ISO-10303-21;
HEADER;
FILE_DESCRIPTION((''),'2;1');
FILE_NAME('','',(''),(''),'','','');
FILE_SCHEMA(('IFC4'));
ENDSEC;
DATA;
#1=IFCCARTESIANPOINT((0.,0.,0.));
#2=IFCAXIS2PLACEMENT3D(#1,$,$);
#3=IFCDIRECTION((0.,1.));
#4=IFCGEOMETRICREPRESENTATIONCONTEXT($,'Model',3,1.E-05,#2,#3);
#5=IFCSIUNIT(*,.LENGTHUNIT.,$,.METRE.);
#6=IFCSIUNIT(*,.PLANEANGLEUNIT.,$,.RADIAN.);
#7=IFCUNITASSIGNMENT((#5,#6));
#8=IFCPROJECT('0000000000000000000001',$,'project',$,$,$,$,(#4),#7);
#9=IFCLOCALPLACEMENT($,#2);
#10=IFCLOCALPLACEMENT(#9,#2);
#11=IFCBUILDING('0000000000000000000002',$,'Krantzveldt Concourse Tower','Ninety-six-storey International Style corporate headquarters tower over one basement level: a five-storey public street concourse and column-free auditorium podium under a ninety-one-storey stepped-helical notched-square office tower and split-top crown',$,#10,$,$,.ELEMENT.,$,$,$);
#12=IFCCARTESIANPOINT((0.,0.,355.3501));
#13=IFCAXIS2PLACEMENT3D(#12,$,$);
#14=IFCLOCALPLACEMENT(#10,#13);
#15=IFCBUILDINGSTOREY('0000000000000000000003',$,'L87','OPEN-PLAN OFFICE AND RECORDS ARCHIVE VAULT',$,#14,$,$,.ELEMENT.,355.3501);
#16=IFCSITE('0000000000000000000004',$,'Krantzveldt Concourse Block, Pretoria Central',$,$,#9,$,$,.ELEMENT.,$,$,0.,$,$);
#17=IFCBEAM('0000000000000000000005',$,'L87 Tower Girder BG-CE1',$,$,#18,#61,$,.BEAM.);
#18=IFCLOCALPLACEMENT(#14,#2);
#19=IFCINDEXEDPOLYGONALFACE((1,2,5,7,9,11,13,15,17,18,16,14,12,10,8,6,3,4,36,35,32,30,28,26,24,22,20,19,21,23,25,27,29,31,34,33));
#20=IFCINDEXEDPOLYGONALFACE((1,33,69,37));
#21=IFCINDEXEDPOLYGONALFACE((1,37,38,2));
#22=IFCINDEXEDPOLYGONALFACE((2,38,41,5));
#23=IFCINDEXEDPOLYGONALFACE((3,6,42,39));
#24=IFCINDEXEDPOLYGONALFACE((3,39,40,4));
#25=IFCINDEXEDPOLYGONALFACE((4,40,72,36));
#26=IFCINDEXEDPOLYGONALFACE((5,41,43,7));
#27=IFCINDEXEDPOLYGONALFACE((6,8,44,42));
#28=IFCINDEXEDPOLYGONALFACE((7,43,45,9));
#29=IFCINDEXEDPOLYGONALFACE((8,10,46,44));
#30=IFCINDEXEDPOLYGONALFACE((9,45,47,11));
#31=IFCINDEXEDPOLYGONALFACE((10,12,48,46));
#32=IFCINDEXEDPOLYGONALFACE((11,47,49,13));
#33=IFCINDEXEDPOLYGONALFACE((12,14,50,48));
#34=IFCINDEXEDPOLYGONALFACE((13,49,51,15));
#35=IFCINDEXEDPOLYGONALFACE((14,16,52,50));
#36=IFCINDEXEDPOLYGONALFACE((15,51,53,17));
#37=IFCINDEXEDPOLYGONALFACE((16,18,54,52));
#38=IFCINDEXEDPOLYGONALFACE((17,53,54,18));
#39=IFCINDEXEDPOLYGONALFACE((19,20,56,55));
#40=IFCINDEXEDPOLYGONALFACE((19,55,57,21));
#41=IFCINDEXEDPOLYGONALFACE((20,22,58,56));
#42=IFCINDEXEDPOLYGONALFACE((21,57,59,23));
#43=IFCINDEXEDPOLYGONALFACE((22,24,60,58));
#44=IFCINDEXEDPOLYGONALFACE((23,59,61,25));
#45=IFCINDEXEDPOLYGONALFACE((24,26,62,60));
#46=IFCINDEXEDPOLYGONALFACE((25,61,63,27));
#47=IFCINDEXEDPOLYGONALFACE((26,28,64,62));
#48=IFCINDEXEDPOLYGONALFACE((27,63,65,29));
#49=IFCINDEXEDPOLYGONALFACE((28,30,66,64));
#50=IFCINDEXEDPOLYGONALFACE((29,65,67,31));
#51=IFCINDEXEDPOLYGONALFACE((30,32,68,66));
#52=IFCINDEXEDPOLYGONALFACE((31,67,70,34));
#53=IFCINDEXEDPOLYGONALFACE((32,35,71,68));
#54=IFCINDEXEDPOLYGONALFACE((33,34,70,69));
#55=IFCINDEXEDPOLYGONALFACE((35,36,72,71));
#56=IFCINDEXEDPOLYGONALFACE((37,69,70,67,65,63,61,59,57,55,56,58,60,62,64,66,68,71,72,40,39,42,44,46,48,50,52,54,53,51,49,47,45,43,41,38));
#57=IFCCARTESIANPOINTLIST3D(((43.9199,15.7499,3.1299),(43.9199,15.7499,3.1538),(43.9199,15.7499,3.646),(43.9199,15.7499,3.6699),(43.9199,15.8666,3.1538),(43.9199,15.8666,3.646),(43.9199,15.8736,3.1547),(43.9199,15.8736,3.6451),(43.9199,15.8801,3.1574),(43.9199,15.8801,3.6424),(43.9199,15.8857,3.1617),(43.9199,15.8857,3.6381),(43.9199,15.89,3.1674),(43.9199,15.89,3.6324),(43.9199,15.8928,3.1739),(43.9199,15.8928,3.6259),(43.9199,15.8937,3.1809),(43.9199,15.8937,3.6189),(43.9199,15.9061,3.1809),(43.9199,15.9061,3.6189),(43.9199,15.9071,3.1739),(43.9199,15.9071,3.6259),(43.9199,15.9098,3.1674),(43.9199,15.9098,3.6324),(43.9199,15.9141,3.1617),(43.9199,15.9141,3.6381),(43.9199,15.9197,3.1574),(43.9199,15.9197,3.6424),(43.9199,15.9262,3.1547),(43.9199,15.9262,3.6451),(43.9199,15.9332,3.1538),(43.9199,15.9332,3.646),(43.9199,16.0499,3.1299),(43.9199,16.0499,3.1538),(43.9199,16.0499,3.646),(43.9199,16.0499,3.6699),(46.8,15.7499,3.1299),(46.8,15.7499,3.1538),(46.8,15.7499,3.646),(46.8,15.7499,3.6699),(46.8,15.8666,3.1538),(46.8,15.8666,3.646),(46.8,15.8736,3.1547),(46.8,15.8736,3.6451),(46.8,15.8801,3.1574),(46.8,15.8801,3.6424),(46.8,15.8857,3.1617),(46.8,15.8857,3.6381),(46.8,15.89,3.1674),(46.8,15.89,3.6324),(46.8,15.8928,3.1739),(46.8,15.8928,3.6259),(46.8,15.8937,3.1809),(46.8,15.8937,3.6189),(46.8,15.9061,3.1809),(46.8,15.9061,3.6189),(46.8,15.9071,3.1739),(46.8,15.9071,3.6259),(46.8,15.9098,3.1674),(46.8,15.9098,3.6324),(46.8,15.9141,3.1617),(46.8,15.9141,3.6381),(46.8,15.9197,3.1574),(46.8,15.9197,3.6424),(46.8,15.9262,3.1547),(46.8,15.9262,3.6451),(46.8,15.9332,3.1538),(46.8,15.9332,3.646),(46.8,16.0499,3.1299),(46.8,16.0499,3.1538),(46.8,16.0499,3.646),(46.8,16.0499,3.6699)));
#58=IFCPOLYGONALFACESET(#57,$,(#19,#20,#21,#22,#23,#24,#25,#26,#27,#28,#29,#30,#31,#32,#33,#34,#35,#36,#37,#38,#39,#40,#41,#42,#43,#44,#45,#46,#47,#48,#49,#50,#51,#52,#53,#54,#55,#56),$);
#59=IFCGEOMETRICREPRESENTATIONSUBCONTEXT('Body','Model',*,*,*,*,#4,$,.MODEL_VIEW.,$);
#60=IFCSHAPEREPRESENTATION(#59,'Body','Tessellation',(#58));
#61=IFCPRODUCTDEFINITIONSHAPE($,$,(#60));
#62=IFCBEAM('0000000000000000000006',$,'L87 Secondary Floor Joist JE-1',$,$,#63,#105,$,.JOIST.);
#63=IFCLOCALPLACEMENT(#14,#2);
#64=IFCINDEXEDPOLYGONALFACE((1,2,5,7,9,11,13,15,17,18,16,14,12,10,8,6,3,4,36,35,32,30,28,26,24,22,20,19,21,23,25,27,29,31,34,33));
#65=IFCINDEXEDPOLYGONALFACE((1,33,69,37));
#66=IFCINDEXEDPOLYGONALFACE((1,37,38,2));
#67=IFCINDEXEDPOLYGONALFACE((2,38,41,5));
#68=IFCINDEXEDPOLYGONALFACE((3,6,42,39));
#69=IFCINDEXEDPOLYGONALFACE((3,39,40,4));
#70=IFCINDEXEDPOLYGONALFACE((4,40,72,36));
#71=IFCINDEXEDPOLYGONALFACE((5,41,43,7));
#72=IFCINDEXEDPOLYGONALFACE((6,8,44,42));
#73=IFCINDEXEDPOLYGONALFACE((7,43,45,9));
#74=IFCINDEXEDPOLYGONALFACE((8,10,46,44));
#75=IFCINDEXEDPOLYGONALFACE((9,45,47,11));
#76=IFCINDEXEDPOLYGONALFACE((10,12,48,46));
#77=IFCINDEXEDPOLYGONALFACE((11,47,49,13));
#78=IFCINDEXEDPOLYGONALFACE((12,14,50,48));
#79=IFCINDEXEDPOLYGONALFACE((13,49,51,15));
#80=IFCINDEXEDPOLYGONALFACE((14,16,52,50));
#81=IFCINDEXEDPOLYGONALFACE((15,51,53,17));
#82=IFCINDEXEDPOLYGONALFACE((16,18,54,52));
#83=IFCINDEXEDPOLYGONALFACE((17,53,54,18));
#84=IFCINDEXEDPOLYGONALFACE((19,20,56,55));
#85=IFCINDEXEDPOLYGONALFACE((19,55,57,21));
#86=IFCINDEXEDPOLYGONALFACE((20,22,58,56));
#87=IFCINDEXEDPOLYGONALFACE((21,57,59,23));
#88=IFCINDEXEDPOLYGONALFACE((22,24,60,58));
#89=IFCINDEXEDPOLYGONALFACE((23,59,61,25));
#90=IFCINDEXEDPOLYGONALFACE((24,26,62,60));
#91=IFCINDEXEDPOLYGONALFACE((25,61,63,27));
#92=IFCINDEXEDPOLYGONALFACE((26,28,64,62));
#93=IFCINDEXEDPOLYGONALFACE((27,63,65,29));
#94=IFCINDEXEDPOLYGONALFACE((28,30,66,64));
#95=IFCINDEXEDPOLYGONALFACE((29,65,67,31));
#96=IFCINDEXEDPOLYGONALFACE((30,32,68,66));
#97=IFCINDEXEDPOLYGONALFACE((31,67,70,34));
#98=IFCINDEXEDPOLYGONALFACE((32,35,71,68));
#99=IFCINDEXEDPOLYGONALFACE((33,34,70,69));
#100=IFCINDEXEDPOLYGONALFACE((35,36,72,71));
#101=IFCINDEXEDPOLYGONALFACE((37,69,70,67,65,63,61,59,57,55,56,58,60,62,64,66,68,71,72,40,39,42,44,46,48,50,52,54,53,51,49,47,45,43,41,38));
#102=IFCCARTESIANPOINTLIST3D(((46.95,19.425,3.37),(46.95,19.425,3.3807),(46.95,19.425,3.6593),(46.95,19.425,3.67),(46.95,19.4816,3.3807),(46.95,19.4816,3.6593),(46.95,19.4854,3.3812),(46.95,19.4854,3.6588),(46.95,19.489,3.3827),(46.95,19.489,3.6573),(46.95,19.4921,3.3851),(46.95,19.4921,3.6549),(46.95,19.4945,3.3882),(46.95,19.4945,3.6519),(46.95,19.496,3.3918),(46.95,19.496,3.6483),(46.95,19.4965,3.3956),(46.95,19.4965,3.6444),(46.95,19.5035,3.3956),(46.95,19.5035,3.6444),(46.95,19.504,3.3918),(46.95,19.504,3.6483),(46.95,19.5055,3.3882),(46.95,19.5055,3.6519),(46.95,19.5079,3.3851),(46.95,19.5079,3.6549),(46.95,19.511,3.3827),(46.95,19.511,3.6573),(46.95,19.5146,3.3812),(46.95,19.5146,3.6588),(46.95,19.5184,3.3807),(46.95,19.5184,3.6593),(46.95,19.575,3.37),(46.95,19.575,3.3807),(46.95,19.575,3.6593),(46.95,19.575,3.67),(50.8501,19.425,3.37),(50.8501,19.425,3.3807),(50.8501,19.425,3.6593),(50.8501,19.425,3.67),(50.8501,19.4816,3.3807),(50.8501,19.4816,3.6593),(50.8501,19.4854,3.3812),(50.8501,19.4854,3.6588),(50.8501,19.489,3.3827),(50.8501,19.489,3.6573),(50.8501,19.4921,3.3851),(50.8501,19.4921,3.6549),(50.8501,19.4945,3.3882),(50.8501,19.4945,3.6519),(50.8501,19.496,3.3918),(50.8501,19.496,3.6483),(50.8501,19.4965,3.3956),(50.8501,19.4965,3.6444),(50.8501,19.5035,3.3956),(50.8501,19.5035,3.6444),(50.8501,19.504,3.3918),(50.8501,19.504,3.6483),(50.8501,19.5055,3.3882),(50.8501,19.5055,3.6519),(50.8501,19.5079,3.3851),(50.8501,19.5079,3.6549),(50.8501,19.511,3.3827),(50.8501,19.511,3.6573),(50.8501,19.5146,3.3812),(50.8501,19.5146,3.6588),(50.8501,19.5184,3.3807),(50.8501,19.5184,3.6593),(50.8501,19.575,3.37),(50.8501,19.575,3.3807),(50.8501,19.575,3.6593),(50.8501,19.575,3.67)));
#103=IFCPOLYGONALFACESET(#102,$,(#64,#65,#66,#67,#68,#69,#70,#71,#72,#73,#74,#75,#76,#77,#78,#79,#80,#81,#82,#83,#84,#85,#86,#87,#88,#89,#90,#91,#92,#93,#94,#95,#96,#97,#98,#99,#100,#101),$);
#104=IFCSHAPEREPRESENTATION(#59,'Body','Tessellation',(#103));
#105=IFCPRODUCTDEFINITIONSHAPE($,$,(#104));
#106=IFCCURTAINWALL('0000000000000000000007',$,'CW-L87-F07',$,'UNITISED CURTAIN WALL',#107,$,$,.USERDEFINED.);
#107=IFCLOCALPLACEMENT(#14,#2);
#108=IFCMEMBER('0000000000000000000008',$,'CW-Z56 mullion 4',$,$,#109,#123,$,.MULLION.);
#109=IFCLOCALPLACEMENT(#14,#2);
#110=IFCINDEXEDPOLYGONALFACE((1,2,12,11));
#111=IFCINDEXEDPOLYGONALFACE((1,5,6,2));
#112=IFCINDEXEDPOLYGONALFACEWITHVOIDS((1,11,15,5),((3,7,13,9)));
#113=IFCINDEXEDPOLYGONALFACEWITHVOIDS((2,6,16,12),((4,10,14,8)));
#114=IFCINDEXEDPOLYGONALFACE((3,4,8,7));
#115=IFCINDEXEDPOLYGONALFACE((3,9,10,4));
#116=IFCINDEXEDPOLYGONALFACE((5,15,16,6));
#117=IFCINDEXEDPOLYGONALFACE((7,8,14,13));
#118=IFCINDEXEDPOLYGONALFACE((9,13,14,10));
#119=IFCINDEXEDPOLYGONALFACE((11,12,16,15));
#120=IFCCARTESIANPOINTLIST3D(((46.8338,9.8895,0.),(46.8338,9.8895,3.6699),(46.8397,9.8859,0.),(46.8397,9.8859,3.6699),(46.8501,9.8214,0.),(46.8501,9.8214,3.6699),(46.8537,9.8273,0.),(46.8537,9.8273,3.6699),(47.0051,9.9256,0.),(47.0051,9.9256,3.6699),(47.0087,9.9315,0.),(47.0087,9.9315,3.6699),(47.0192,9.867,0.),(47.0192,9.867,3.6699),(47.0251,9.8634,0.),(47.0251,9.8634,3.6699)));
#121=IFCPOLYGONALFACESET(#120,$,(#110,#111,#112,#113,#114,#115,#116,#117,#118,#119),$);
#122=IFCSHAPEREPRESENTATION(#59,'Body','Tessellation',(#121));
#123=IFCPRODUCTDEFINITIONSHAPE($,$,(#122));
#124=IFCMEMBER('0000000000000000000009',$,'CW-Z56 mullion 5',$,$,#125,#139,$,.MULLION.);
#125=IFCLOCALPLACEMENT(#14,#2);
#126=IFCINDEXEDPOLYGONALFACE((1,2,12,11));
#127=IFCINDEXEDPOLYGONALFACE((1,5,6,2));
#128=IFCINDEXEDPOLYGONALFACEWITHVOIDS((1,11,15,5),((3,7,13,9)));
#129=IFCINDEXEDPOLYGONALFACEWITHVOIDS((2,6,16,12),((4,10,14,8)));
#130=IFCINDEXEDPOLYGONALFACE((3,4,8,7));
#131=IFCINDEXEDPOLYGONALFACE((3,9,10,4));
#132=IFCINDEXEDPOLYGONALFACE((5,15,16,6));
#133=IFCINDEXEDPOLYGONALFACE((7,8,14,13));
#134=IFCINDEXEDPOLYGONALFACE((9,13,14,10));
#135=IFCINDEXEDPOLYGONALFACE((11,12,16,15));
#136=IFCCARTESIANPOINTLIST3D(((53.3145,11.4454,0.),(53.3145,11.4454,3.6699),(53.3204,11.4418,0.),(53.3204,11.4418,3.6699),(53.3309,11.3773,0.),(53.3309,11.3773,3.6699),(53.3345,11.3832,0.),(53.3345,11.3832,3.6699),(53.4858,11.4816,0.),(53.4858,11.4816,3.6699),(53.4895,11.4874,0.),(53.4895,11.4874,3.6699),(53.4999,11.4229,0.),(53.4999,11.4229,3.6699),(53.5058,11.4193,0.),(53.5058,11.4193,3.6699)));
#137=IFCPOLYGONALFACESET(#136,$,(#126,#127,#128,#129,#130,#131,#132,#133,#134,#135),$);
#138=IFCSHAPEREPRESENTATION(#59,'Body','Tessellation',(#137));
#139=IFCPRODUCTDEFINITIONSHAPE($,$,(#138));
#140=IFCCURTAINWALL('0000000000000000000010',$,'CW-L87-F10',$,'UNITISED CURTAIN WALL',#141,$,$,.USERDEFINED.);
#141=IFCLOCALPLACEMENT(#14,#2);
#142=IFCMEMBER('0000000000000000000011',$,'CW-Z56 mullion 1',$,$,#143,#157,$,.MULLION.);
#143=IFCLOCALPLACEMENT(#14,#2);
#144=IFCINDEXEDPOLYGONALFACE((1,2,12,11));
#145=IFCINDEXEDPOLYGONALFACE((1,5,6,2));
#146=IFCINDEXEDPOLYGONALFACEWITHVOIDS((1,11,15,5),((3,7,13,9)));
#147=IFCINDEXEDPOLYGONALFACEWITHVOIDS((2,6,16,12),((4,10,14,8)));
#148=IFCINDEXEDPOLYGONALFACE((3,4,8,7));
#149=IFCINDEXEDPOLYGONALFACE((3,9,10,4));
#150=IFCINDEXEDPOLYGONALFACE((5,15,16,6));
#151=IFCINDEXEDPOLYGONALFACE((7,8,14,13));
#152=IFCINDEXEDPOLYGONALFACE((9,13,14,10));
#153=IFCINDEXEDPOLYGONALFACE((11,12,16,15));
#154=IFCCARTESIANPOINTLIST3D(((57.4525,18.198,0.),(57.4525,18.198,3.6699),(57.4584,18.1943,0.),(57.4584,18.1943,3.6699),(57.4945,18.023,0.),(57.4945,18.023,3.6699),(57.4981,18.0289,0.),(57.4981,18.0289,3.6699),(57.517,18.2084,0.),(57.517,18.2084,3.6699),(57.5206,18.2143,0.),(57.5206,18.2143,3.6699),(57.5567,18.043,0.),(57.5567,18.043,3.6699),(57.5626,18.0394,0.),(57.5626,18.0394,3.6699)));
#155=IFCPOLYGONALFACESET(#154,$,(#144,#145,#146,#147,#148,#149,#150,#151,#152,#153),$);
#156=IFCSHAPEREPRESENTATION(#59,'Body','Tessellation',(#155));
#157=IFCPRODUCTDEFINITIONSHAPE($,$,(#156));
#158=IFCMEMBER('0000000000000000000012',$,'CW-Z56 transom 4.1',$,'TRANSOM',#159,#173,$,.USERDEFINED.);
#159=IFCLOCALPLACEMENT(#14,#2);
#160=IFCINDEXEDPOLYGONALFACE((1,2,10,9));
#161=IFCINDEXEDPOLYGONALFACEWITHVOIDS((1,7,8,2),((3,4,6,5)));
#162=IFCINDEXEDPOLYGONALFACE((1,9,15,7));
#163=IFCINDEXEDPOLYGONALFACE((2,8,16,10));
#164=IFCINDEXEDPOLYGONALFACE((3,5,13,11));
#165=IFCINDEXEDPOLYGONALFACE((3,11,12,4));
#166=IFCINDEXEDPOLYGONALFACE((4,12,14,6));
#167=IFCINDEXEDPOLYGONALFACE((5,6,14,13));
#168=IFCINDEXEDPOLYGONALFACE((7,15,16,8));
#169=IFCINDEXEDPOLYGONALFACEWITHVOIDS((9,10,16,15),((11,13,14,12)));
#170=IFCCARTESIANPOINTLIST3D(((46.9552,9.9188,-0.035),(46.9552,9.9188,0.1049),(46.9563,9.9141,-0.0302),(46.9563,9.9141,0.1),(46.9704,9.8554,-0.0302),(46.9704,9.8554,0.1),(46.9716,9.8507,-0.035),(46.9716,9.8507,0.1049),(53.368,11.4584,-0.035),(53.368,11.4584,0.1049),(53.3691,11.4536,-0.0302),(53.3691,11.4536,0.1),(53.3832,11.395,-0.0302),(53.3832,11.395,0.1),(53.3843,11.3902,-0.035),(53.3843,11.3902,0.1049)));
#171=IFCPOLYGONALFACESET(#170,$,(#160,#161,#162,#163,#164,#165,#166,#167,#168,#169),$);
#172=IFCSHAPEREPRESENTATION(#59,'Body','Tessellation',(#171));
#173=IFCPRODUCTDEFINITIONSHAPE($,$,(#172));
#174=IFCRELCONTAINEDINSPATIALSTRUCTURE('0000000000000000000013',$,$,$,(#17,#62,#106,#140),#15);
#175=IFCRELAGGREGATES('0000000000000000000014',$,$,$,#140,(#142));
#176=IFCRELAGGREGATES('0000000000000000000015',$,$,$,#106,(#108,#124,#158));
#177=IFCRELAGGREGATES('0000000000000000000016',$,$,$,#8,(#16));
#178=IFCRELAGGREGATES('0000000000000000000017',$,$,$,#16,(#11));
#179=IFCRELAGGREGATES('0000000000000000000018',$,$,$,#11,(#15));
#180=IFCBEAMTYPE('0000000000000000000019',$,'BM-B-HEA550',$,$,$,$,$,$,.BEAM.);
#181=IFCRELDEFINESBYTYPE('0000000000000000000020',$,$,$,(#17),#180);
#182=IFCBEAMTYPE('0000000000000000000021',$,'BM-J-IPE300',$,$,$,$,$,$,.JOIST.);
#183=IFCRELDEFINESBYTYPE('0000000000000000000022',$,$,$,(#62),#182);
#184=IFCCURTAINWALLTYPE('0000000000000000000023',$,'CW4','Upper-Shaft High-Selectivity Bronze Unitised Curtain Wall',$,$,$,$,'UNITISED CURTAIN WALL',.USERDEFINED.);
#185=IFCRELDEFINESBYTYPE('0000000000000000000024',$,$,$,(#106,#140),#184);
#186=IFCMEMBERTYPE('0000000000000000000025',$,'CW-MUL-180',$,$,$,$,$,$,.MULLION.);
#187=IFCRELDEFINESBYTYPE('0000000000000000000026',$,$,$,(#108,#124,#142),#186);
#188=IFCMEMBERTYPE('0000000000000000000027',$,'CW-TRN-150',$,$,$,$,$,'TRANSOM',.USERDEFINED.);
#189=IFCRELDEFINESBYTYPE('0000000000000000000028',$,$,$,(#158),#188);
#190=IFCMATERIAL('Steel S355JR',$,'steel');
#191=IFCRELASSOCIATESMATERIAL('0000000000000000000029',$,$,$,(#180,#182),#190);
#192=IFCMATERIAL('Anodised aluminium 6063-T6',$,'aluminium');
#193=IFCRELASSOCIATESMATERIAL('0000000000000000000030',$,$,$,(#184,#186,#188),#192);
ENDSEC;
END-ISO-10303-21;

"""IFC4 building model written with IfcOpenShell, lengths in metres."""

from ifc_helpers import new_model, si_unit, direction, frame, origin, origin_2d, place, context, subcontext, project, spatial, hollow_rectangle, i_section, extrude, source, transform, mapped, material, material_profile, profile_set, type_object, type_shapes, element, aggregate, save


model = new_model("IFC4")

# Units and contexts
model_context = context("Model", 3, precision=1e-05, world=origin(), true_north=direction((0.0, 1.0)))
body_context = subcontext(model_context, "Body", "Model", "MODEL_VIEW")
ifc_project = project(units=[si_unit("LENGTHUNIT", "METRE"), si_unit("PLANEANGLEUNIT", "RADIAN")], contexts=[model_context])

# Site, building, storey
site_placement = place(None, origin())
site = spatial("IfcSite", under=ifc_project, at=site_placement, Name="Krantzveldt Concourse Block, Pretoria Central", CompositionType="ELEMENT", RefElevation=0.0)
building_placement = place(site_placement, origin())
building = spatial("IfcBuilding", under=site, at=building_placement, Name="Krantzveldt Concourse Tower", Description="Ninety-six-storey International Style corporate headquarters tower over one basement level: a five-storey public street concourse and column-free auditorium podium under a ninety-one-storey stepped-helical notched-square office tower and split-top crown", CompositionType="ELEMENT")
storey_placement = place(building_placement, frame((0.0, 0.0, 355.3501)))
storey = spatial("IfcBuildingStorey", under=building, at=storey_placement, Name="L87", Description="OPEN-PLAN OFFICE AND RECORDS ARCHIVE VAULT", CompositionType="ELEMENT", Elevation=355.3501)

# Beams
ifc_material_1 = material(Name="Steel S355JR", Category="steel")
ifc_material_profile_1 = material_profile(ifc_material_1, i_section(OverallWidth=0.3, OverallDepth=0.54, WebThickness=0.0125, FlangeThickness=0.0239, FilletRadius=0.0271, at=origin_2d()), Name="Steel S355JR", Category="steel")
ifc_profile_set_1 = profile_set([ifc_material_profile_1], Name="Steel S355JR - HEA 550")
beam_type_1 = type_object("IfcBeamType", Name="BM-B-HEA550", PredefinedType="BEAM", material=ifc_profile_set_1)
shared_shape_1 = source(origin(), body_context, "Body", "SweptSolid", [
    extrude(i_section(OverallWidth=0.3, OverallDepth=0.54, WebThickness=0.0125, FlangeThickness=0.0239, FilletRadius=0.0271, at=origin_2d()), origin(), (0.0, 0.0, 1.0), 2.8801),
])
beam_1_placement = place(storey_placement, frame((43.9199, 15.8999, 3.3999), z_axis=(1.0, 0.0, 0.0), x_axis=(0.0, 1.0, 0.0)))
element("IfcBeam", 1, at=beam_1_placement, inside=storey, type_object=beam_type_1, Name="L87 Tower Girder BG-CE1", PredefinedType="BEAM", context=body_context, shape_type="MappedRepresentation", body=[
    mapped(shared_shape_1, transform((0.0, 0.0, 0.0), x_axis=(1.0, 0.0, 0.0), y_axis=(0.0, 1.0, 0.0), z_axis=(0.0, 0.0, 1.0), scale=1.0)),
])
ifc_material_profile_2 = material_profile(ifc_material_1, i_section(OverallWidth=0.1499, OverallDepth=0.3, WebThickness=0.0071, FlangeThickness=0.0107, FilletRadius=0.0149, at=origin_2d()), Name="Steel S355JR", Category="steel")
ifc_profile_set_2 = profile_set([ifc_material_profile_2], Name="Steel S355JR - IPE 300")
beam_type_2 = type_object("IfcBeamType", Name="BM-J-IPE300", PredefinedType="JOIST", material=ifc_profile_set_2)
shared_shape_2 = source(origin(), body_context, "Body", "SweptSolid", [
    extrude(i_section(OverallWidth=0.1499, OverallDepth=0.3, WebThickness=0.0071, FlangeThickness=0.0107, FilletRadius=0.0149, at=origin_2d()), origin(), (0.0, 0.0, 1.0), 3.9001),
])
type_shapes(beam_type_2, [shared_shape_2])
beam_2_placement = place(storey_placement, frame((46.95, 19.5, 3.52), z_axis=(1.0, 0.0, 0.0), x_axis=(0.0, 1.0, 0.0)))
element("IfcBeam", 2, at=beam_2_placement, inside=storey, type_object=beam_type_2, Name="L87 Secondary Floor Joist JE-1", PredefinedType="JOIST", context=body_context, shape_type="MappedRepresentation", body=[
    mapped(shared_shape_2, transform((0.0, 0.0, 0.0), x_axis=(1.0, 0.0, 0.0), y_axis=(0.0, 1.0, 0.0), z_axis=(0.0, 0.0, 1.0), scale=1.0)),
])

# Curtain wall, members
ifc_material_2 = material(Name="Anodised aluminium 6063-T6", Category="aluminium")
curtain_wall_type = type_object("IfcCurtainWallType", Name="CW4", Description="Upper-Shaft High-Selectivity Bronze Unitised Curtain Wall", ElementType="UNITISED CURTAIN WALL", PredefinedType="USERDEFINED", material=ifc_material_2)
curtain_wall_1_placement = place(storey_placement, origin())
curtain_wall_1 = element("IfcCurtainWall", 3, at=curtain_wall_1_placement, inside=storey, type_object=curtain_wall_type, Name="CW-L87-F07", ObjectType="UNITISED CURTAIN WALL", PredefinedType="USERDEFINED")
ifc_material_profile_3 = material_profile(ifc_material_2, hollow_rectangle(XDim=0.0701, YDim=0.1799, WallThickness=0.0049, at=origin_2d()), Name="Anodised aluminium 6063-T6", Category="aluminium")
ifc_profile_set_3 = profile_set([ifc_material_profile_3], Name="Anodised aluminium 6063-T6 - ALU-MULL 180x70x5")
member_type_1 = type_object("IfcMemberType", Name="CW-MUL-180", PredefinedType="MULLION", material=ifc_profile_set_3)
shared_shape_3 = source(origin(), body_context, "Body", "SweptSolid", [
    extrude(hollow_rectangle(XDim=0.0701, YDim=0.1799, WallThickness=0.0049, at=origin_2d()), origin(), (0.0, 0.0, 1.0), 3.6699),
])
type_shapes(member_type_1, [shared_shape_3])
member_1_placement = place(storey_placement, frame((46.9294, 9.8765, 0.0), z_axis=(0.0, 0.0, 1.0), x_axis=(-0.233445, 0.97237, 0.0)))
member_1 = element("IfcMember", 4, at=member_1_placement, type_object=member_type_1, Name="CW-Z56 mullion 4", PredefinedType="MULLION", context=body_context, shape_type="MappedRepresentation", body=[
    mapped(shared_shape_3, transform((0.0, 0.0, 0.0), x_axis=(1.0, 0.0, 0.0), y_axis=(0.0, 1.0, 0.0), z_axis=(0.0, 0.0, 1.0), scale=1.0)),
])
member_2_placement = place(storey_placement, frame((53.4102, 11.4324, 0.0), z_axis=(0.0, 0.0, 1.0), x_axis=(-0.233445, 0.97237, 0.0)))
member_2 = element("IfcMember", 5, at=member_2_placement, type_object=member_type_1, Name="CW-Z56 mullion 5", PredefinedType="MULLION", context=body_context, shape_type="MappedRepresentation", body=[
    mapped(shared_shape_3, transform((0.0, 0.0, 0.0), x_axis=(1.0, 0.0, 0.0), y_axis=(0.0, 1.0, 0.0), z_axis=(0.0, 0.0, 1.0), scale=1.0)),
])

# Curtain wall, member
curtain_wall_2_placement = place(storey_placement, origin())
curtain_wall_2 = element("IfcCurtainWall", 6, at=curtain_wall_2_placement, inside=storey, type_object=curtain_wall_type, Name="CW-L87-F10", ObjectType="UNITISED CURTAIN WALL", PredefinedType="USERDEFINED")
member_3_placement = place(storey_placement, frame((57.5076, 18.1187, 0.0), z_axis=(0.0, 0.0, 1.0), x_axis=(-0.97237, -0.233445, 0.0)))
member_3 = element("IfcMember", 7, at=member_3_placement, type_object=member_type_1, Name="CW-Z56 mullion 1", PredefinedType="MULLION", context=body_context, shape_type="MappedRepresentation", body=[
    mapped(shared_shape_3, transform((0.0, 0.0, 0.0), x_axis=(1.0, 0.0, 0.0), y_axis=(0.0, 1.0, 0.0), z_axis=(0.0, 0.0, 1.0), scale=1.0)),
])

# Member
ifc_material_profile_4 = material_profile(ifc_material_2, hollow_rectangle(XDim=0.0701, YDim=0.1399, WallThickness=0.0049, at=origin_2d()), Name="Anodised aluminium 6063-T6", Category="aluminium")
ifc_profile_set_4 = profile_set([ifc_material_profile_4], Name="Anodised aluminium 6063-T6 - ALU-TRAN 140x70x5")
member_type_2 = type_object("IfcMemberType", Name="CW-TRN-150", ElementType="TRANSOM", PredefinedType="USERDEFINED", material=ifc_profile_set_4)
shared_shape_4 = source(origin(), body_context, "Body", "SweptSolid", [
    extrude(hollow_rectangle(XDim=0.0701, YDim=0.1399, WallThickness=0.0049, at=origin_2d()), origin(), (0.0, 0.0, 1.0), 6.595),
])
member_4_placement = place(storey_placement, frame((46.9634, 9.8848, 0.0349), z_axis=(0.972371, 0.23344, 0.0), x_axis=(-0.23344, 0.972371, 0.0)))
member_4 = element("IfcMember", 8, at=member_4_placement, type_object=member_type_2, Name="CW-Z56 transom 4.1", ObjectType="TRANSOM", PredefinedType="USERDEFINED", context=body_context, shape_type="MappedRepresentation", body=[
    mapped(shared_shape_4, transform((0.0, 0.0, 0.0), x_axis=(1.0, 0.0, 0.0), y_axis=(0.0, 1.0, 0.0), z_axis=(0.0, 0.0, 1.0), scale=1.0)),
])
aggregate(curtain_wall_2, [member_3])

aggregate(curtain_wall_1, [member_1, member_2, member_4])

save(model, "model.ifc")
